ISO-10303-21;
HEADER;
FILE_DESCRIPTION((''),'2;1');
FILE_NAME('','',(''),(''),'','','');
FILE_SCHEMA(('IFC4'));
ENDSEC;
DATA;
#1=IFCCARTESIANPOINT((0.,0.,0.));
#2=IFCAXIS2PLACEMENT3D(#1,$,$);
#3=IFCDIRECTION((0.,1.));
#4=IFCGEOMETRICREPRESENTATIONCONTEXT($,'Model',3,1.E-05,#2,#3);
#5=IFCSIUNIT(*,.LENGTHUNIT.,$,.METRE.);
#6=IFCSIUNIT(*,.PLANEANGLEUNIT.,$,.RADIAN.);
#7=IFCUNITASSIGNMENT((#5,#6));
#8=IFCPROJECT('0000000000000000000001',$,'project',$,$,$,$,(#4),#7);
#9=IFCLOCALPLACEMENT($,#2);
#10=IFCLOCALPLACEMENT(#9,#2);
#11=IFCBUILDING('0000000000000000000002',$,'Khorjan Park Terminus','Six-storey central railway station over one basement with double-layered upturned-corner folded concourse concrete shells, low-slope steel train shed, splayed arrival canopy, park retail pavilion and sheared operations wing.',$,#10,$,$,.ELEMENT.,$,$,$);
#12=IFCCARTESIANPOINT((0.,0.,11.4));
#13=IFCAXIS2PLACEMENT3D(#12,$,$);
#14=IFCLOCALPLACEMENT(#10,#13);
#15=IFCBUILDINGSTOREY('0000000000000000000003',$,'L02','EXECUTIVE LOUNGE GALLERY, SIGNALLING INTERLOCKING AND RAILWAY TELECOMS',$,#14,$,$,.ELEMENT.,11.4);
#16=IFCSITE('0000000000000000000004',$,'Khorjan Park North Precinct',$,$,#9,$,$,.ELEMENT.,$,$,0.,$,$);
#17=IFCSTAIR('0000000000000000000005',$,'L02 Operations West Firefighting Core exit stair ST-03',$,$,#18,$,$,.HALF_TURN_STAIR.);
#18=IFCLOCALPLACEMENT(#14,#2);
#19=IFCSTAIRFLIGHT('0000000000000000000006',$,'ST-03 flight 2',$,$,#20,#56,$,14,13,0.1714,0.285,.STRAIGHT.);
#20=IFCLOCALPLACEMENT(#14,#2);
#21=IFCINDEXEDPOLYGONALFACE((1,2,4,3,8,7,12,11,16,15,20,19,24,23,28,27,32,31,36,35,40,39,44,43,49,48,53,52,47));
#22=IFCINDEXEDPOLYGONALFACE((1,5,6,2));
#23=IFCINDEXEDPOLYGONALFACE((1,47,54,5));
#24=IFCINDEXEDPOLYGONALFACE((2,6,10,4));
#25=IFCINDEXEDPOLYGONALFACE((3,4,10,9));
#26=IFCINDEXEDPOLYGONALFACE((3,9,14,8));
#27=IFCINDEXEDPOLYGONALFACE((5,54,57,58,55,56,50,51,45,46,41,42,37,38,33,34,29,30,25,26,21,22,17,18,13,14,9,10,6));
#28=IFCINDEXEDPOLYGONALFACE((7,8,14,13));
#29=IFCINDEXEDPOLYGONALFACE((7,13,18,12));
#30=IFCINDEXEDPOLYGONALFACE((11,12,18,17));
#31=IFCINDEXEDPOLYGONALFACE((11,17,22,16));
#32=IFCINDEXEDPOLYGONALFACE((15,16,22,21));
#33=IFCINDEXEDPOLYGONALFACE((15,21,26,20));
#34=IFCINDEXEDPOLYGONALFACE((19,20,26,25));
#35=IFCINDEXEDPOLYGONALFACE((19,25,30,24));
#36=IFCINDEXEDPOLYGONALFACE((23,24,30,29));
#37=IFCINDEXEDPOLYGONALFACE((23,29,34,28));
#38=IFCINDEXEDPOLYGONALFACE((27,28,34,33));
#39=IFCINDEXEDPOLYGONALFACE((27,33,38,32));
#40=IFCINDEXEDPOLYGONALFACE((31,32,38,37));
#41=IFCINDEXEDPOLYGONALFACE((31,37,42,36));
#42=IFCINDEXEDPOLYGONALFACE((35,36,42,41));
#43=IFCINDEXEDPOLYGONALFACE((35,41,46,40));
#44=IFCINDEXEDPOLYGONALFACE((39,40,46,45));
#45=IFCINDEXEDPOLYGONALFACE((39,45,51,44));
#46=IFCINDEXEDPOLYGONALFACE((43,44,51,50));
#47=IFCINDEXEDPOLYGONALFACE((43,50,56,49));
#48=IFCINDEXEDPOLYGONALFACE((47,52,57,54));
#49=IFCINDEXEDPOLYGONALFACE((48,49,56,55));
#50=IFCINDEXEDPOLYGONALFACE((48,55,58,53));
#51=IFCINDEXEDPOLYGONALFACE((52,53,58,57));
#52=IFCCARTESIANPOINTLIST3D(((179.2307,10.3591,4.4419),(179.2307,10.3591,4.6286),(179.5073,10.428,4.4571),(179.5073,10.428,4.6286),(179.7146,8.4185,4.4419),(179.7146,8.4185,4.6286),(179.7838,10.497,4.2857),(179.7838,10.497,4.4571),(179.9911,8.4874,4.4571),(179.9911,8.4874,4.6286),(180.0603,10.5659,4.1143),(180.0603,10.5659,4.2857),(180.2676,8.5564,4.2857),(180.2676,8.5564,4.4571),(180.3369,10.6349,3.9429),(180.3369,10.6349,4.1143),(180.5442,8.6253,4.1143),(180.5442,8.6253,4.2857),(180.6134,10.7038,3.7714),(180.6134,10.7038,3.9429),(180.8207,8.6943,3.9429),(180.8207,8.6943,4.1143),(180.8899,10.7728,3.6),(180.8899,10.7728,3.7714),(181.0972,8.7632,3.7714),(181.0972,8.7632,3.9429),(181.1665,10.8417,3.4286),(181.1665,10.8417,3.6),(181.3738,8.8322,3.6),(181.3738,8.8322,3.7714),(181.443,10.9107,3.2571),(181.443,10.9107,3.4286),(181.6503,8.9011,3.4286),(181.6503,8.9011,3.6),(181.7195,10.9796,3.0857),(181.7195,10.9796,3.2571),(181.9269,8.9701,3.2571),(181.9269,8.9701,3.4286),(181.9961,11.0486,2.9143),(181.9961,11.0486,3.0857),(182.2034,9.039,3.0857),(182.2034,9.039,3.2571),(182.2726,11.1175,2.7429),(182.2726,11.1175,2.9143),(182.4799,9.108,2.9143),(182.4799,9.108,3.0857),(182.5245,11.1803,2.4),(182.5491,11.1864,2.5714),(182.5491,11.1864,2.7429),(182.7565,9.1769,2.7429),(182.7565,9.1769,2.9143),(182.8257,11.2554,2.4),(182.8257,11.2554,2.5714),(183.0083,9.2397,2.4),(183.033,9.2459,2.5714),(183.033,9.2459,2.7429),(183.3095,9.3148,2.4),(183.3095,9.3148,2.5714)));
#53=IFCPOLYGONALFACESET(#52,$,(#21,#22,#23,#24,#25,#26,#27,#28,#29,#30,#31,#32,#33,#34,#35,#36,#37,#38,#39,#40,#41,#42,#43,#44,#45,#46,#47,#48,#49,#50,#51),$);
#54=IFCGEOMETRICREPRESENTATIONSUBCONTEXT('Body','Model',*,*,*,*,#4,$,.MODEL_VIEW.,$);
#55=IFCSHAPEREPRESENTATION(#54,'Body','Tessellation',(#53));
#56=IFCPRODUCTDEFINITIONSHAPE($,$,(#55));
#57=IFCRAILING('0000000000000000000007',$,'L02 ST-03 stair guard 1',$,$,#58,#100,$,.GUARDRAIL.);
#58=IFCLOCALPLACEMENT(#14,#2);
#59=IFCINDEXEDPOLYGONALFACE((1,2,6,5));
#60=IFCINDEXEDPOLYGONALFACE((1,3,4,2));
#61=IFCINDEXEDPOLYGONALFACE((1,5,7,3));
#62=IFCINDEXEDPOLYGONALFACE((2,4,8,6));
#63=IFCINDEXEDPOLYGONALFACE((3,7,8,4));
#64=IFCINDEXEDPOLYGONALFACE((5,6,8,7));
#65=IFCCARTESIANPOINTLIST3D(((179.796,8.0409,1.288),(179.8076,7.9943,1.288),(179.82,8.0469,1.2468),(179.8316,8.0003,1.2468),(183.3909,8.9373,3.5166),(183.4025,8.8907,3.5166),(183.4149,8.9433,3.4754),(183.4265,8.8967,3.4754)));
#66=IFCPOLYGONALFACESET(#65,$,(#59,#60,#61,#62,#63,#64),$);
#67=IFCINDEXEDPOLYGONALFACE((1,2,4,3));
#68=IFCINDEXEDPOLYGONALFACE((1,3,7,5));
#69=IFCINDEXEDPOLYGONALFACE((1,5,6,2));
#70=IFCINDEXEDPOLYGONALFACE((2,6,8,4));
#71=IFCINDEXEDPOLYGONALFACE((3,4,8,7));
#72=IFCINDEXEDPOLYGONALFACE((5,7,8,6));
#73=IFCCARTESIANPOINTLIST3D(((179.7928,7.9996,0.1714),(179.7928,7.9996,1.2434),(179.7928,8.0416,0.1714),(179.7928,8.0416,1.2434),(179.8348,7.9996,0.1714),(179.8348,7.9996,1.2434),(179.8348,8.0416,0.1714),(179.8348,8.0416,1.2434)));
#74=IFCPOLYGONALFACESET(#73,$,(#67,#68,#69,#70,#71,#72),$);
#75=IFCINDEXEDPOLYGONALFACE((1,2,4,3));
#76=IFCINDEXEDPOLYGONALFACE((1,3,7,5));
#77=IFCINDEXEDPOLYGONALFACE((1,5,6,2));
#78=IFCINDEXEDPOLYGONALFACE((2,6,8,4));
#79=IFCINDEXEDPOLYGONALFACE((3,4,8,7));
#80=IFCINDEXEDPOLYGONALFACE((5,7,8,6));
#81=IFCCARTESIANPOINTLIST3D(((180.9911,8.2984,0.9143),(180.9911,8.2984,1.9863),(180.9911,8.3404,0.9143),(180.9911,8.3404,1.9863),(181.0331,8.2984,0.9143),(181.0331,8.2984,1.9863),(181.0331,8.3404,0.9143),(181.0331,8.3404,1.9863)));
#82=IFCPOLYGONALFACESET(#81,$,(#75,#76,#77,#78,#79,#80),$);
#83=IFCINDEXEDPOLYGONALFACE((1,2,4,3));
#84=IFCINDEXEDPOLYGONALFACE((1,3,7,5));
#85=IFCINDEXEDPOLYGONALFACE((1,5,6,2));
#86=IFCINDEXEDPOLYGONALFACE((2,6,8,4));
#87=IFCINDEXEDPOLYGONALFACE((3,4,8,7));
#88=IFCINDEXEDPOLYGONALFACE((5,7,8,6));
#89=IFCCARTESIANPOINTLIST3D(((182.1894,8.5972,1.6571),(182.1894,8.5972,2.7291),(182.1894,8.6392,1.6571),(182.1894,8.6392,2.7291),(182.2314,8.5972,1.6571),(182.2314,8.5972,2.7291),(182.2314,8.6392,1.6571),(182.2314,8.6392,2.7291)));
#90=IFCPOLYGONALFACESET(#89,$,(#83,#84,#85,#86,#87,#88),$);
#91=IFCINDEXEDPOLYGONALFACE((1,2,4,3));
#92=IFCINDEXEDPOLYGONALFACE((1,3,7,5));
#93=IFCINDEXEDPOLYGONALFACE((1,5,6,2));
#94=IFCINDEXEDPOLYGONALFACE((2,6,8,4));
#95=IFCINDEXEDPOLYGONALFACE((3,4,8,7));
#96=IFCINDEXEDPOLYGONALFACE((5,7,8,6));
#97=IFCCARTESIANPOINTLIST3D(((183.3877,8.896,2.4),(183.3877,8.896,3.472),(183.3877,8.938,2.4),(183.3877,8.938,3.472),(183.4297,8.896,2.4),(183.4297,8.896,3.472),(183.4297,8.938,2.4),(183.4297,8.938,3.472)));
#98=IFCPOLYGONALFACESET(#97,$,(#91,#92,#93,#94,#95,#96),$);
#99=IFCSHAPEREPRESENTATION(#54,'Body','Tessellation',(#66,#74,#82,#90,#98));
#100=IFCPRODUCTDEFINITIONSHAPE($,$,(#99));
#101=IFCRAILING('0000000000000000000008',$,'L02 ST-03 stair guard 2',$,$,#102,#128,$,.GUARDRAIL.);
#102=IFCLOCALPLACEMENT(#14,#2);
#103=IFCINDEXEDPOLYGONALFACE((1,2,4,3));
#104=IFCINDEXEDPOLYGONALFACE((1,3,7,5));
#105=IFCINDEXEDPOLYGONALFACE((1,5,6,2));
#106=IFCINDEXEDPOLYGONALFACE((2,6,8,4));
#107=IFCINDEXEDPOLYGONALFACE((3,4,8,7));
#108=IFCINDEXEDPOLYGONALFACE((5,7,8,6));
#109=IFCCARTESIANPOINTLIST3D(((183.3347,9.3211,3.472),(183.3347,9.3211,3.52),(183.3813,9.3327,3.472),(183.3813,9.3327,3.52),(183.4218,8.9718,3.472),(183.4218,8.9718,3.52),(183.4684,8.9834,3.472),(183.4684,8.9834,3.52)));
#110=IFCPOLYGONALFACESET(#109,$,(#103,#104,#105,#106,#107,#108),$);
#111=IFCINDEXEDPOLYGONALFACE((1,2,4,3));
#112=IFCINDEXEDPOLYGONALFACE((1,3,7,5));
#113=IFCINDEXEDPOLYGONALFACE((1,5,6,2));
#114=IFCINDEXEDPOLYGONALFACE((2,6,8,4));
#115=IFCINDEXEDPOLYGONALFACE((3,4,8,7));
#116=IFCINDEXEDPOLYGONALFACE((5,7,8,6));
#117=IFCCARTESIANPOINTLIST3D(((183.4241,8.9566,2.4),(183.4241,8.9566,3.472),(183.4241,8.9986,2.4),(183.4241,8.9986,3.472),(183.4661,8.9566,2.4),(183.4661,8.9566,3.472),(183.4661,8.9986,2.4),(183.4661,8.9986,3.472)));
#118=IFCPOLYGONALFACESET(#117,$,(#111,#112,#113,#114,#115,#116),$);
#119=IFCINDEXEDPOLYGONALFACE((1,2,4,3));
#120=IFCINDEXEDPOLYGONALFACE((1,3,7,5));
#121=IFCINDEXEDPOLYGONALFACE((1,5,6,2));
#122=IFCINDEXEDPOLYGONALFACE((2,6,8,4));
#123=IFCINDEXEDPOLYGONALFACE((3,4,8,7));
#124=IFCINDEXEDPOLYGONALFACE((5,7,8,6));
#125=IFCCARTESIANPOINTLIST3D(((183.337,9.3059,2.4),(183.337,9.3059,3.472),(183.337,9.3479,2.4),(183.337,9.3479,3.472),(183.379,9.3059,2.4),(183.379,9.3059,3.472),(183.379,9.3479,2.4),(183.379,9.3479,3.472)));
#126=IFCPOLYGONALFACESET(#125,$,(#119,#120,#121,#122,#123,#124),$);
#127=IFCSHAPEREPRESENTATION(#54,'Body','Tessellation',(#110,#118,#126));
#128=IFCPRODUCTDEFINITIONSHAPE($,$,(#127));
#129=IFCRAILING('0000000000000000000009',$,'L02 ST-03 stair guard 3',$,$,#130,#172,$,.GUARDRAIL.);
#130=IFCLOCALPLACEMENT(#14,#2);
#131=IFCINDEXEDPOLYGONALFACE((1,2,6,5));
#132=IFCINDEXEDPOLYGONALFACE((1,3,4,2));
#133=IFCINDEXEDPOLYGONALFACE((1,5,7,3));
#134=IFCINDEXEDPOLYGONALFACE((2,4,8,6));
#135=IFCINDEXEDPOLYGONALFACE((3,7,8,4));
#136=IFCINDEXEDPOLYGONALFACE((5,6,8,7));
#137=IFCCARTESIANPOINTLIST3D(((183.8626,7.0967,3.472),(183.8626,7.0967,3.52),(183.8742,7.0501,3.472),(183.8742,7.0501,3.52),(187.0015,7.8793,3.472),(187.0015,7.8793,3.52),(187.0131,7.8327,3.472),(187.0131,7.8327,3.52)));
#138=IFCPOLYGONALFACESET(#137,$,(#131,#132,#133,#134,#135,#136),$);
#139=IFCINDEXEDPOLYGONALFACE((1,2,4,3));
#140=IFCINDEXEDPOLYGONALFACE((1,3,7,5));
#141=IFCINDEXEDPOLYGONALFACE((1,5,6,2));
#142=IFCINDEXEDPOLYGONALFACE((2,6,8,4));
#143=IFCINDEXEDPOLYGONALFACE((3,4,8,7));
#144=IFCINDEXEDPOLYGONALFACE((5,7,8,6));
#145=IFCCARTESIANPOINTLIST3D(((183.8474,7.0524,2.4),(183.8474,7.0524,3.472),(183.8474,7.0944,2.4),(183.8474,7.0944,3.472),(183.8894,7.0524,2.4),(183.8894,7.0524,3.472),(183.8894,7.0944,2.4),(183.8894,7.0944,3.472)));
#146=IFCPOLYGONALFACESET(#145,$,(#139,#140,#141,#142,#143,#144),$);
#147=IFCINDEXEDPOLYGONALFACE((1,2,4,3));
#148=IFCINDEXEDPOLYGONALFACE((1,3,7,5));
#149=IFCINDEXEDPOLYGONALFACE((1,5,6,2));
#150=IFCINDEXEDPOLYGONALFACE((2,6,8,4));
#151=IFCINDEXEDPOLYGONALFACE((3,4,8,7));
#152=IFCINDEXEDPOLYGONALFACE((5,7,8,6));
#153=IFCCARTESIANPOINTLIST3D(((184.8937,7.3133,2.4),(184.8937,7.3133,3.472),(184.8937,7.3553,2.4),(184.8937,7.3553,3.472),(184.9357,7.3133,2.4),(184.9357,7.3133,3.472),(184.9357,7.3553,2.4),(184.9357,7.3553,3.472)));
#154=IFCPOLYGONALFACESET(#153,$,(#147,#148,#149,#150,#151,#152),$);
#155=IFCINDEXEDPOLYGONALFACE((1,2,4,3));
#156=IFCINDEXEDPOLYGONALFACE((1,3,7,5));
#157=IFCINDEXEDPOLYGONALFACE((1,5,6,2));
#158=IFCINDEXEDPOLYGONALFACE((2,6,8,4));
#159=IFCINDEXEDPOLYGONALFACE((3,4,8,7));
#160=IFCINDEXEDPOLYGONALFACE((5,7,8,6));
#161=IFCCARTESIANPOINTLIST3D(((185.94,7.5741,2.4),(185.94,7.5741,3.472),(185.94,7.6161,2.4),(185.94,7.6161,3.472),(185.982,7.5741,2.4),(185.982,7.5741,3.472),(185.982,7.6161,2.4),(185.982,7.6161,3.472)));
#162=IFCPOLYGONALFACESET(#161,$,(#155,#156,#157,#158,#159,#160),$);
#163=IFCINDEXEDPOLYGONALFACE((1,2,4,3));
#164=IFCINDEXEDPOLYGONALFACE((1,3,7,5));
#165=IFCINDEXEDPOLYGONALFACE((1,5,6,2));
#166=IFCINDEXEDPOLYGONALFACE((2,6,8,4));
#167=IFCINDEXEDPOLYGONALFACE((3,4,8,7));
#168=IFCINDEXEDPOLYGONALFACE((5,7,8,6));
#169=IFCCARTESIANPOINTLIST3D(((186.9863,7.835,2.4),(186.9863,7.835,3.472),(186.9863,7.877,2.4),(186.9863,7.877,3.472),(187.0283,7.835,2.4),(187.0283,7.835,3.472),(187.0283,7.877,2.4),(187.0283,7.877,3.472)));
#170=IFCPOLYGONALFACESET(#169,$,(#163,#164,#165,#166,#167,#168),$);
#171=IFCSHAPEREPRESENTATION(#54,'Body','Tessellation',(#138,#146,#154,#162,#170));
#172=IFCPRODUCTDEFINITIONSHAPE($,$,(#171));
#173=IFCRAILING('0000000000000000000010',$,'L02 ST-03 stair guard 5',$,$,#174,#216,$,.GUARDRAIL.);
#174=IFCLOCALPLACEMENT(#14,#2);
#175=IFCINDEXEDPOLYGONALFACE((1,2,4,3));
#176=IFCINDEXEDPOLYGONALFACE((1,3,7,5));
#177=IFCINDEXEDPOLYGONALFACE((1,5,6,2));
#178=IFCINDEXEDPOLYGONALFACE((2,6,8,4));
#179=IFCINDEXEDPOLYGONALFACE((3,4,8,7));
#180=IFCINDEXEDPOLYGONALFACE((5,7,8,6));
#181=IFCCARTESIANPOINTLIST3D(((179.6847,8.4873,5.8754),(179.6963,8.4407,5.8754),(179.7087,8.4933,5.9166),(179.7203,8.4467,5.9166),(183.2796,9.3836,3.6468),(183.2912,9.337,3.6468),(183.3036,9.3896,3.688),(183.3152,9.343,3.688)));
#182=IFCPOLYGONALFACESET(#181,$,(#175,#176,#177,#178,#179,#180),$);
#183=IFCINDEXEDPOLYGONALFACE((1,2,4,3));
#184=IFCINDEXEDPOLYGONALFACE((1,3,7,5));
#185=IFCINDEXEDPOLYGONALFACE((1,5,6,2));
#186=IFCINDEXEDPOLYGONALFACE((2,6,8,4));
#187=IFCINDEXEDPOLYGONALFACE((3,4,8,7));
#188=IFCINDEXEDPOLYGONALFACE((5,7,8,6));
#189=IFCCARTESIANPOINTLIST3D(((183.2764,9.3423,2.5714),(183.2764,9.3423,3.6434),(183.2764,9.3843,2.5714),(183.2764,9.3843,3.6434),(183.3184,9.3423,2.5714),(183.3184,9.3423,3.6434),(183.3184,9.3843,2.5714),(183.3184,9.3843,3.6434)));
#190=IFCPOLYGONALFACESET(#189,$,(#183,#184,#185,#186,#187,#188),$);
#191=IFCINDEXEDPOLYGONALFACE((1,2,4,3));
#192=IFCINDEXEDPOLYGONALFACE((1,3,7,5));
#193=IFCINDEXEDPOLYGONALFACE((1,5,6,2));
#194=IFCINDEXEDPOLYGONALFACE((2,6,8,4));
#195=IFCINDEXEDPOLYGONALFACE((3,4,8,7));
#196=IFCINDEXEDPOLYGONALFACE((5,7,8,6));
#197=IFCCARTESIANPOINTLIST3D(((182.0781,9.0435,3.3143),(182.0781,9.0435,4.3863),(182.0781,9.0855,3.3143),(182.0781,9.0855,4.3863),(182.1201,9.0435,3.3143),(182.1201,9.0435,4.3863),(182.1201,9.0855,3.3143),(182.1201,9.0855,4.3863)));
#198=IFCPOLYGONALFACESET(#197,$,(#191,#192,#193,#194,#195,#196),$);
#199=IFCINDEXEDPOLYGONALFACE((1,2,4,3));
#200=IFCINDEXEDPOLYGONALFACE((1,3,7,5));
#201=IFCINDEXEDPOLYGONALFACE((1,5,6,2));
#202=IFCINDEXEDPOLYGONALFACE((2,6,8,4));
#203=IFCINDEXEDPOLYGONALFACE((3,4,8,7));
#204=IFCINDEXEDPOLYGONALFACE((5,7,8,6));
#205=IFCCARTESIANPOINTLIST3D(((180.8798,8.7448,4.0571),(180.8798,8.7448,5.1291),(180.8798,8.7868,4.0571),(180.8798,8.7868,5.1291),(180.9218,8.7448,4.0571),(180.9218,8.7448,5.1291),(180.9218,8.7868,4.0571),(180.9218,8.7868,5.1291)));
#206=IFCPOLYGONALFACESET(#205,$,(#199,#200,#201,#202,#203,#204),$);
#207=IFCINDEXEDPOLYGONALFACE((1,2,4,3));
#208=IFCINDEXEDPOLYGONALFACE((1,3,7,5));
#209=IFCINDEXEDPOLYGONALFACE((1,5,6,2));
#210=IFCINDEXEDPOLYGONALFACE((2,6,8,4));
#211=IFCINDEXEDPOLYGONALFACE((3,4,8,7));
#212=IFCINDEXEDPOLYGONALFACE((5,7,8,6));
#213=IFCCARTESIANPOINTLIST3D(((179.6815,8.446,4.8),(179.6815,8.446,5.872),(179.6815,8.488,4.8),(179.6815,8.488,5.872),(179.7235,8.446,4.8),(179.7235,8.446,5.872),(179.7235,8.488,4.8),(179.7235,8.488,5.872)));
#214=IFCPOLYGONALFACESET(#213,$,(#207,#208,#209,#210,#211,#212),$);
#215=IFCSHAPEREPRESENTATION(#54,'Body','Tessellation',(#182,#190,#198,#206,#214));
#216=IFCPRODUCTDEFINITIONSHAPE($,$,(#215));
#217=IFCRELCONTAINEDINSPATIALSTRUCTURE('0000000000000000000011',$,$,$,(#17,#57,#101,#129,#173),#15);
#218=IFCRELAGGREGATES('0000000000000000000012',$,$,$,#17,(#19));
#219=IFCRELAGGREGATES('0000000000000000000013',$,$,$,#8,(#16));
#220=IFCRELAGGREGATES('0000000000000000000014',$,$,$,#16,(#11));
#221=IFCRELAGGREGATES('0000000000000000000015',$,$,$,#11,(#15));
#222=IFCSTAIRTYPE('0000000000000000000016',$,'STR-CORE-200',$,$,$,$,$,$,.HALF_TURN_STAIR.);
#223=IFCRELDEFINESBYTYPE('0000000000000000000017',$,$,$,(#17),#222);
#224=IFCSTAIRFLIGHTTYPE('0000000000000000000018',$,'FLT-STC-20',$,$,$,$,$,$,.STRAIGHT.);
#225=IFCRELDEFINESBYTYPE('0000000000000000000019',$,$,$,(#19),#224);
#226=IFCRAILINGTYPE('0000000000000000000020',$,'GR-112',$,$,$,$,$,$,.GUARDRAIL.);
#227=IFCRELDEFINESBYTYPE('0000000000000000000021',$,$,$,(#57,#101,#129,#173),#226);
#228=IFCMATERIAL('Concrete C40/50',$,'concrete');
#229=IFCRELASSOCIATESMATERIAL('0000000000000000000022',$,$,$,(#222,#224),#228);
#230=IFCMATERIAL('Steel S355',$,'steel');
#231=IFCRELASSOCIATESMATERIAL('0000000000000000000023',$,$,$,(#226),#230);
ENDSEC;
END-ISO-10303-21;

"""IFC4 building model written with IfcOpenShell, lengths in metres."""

from ifc_helpers import new_model, si_unit, direction, frame, origin, origin_2d, place, context, subcontext, project, spatial, polyline, rectangle, outline, extrude, material, type_object, element, aggregate, save


model = new_model("IFC4")

# Units and contexts
model_context = context("Model", 3, precision=1e-05, world=origin(), true_north=direction((0.0, 1.0)))
body_context = subcontext(model_context, "Body", "Model", "MODEL_VIEW")
ifc_project = project(units=[si_unit("LENGTHUNIT", "METRE"), si_unit("PLANEANGLEUNIT", "RADIAN")], contexts=[model_context])

# Site, building, storey
site_placement = place(None, origin())
site = spatial("IfcSite", under=ifc_project, at=site_placement, Name="Khorjan Park North Precinct", CompositionType="ELEMENT", RefElevation=0.0)
building_placement = place(site_placement, origin())
building = spatial("IfcBuilding", under=site, at=building_placement, Name="Khorjan Park Terminus", Description="Six-storey central railway station over one basement with double-layered upturned-corner folded concourse concrete shells, low-slope steel train shed, splayed arrival canopy, park retail pavilion and sheared operations wing.", CompositionType="ELEMENT")
storey_placement = place(building_placement, frame((0.0, 0.0, 11.4)))
storey = spatial("IfcBuildingStorey", under=building, at=storey_placement, Name="L02", Description="EXECUTIVE LOUNGE GALLERY, SIGNALLING INTERLOCKING AND RAILWAY TELECOMS", CompositionType="ELEMENT", Elevation=11.4)

# Shared definitions
ifc_material_1 = material(Name="Steel S355", Category="steel")
ifc_material_2 = material(Name="Concrete C40/50", Category="concrete")

# Stair, stair flight
stair_type = type_object("IfcStairType", Name="STR-CORE-200", PredefinedType="HALF_TURN_STAIR", material=ifc_material_2)
stair_placement = place(storey_placement, origin())
stair = element("IfcStair", 1, at=stair_placement, inside=storey, type_object=stair_type, Name="L02 Operations West Firefighting Core exit stair ST-03", PredefinedType="HALF_TURN_STAIR")
stair_flight_type = type_object("IfcStairFlightType", Name="FLT-STC-20", PredefinedType="STRAIGHT", material=ifc_material_2)
stair_flight_1_placement = place(storey_placement, frame((183.0676, 10.2851, 2.4), z_axis=(0.0, 0.0, 1.0), x_axis=(-0.970296, -0.241922, 0.0)))
stair_flight_1 = element("IfcStairFlight", 2, at=stair_flight_1_placement, type_object=stair_flight_type, Name="ST-03 flight 2", NumberOfRisers=14, NumberOfTreads=13, PredefinedType="STRAIGHT", RiserHeight=0.1714, TreadLength=0.285, context=body_context, shape_type="SweptSolid", body=[
    extrude(outline(polyline([(0.0, 0.0), (0.0, 0.1714), (0.285, 0.1714), (0.285, 0.3429), (0.57, 0.3429), (0.57, 0.5143), (0.855, 0.5143), (0.855, 0.6857), (1.14, 0.6857), (1.14, 0.8571), (1.425, 0.8571), (1.425, 1.0286), (1.71, 1.0286), (1.71, 1.2), (1.995, 1.2), (1.995, 1.3714), (2.28, 1.3714), (2.28, 1.5429), (2.565, 1.5429), (2.565, 1.7143), (2.85, 1.7143), (2.85, 1.8857), (3.135, 1.8857), (3.135, 2.0571), (3.42, 2.0571), (3.42, 2.2286), (3.705, 2.2286), (3.705, 2.4), (3.705, 2.0419), (0.3104, 0.0), (0.0, 0.0)])), frame((0.0, 1.0, 0.0), z_axis=(0.0, -1.0, 0.0), x_axis=(1.0, 0.0, 0.0)), (0.0, 0.0, 1.0), 2.0),
])
aggregate(stair, [stair_flight_1])

# Railings
railing_type_1 = type_object("IfcRailingType", Name="GR-112", PredefinedType="GUARDRAIL", material=ifc_material_1)
railing_1_placement = place(storey_placement, frame((179.8138, 8.0206, 0.1714)))
element("IfcRailing", 3, at=railing_1_placement, inside=storey, type_object=railing_type_1, Name="L02 ST-03 stair guard 1", PredefinedType="GUARDRAIL", context=body_context, shape_type="SweptSolid", body=[
    extrude(rectangle(XDim=0.048, YDim=0.048, at=origin_2d()), frame((0.0, 0.0, 1.096), z_axis=(0.83146, 0.207327, 0.51545), x_axis=(-0.241945, 0.97029, 0.0)), (0.0, 0.0, 1.0), 4.3236),
    extrude(rectangle(XDim=0.042, YDim=0.042, at=origin_2d()), origin(), (0.0, 0.0, 1.0), 1.072),
    extrude(rectangle(XDim=0.042, YDim=0.042, at=origin_2d()), frame((1.1983, 0.2988, 0.7429)), (0.0, 0.0, 1.0), 1.072),
    extrude(rectangle(XDim=0.042, YDim=0.042, at=origin_2d()), frame((2.3966, 0.5976, 1.4857)), (0.0, 0.0, 1.0), 1.072),
    extrude(rectangle(XDim=0.042, YDim=0.042, at=origin_2d()), frame((3.5949, 0.8964, 2.2286)), (0.0, 0.0, 1.0), 1.072),
])
railing_2_placement = place(storey_placement, frame((183.4451, 8.9776, 2.4)))
element("IfcRailing", 4, at=railing_2_placement, inside=storey, type_object=railing_type_1, Name="L02 ST-03 stair guard 2", PredefinedType="GUARDRAIL", context=body_context, shape_type="SweptSolid", body=[
    extrude(rectangle(XDim=0.048, YDim=0.048, at=origin_2d()), frame((0.0, 0.0, 1.096), z_axis=(-0.241947, 0.970289, 0.0), x_axis=(-0.970289, -0.241947, 0.0)), (0.0, 0.0, 1.0), 0.36),
    extrude(rectangle(XDim=0.042, YDim=0.042, at=origin_2d()), origin(), (0.0, 0.0, 1.0), 1.072),
    extrude(rectangle(XDim=0.042, YDim=0.042, at=origin_2d()), frame((-0.0871, 0.3493, 0.0)), (0.0, 0.0, 1.0), 1.072),
])
railing_3_placement = place(storey_placement, frame((183.8684, 7.0734, 2.4)))
element("IfcRailing", 5, at=railing_3_placement, inside=storey, type_object=railing_type_1, Name="L02 ST-03 stair guard 3", PredefinedType="GUARDRAIL", context=body_context, shape_type="SweptSolid", body=[
    extrude(rectangle(XDim=0.048, YDim=0.048, at=origin_2d()), frame((0.0, 0.0, 1.096), z_axis=(0.970297, 0.241917, 0.0), x_axis=(-0.241917, 0.970297, 0.0)), (0.0, 0.0, 1.0), 3.235),
    extrude(rectangle(XDim=0.042, YDim=0.042, at=origin_2d()), origin(), (0.0, 0.0, 1.0), 1.072),
    extrude(rectangle(XDim=0.042, YDim=0.042, at=origin_2d()), frame((1.0463, 0.2609, 0.0)), (0.0, 0.0, 1.0), 1.072),
    extrude(rectangle(XDim=0.042, YDim=0.042, at=origin_2d()), frame((2.0926, 0.5217, 0.0)), (0.0, 0.0, 1.0), 1.072),
    extrude(rectangle(XDim=0.042, YDim=0.042, at=origin_2d()), frame((3.1389, 0.7826, 0.0)), (0.0, 0.0, 1.0), 1.072),
])
railing_4_placement = place(storey_placement, frame((183.2974, 9.3633, 2.5714)))
element("IfcRailing", 6, at=railing_4_placement, inside=storey, type_object=railing_type_1, Name="L02 ST-03 stair guard 5", PredefinedType="GUARDRAIL", context=body_context, shape_type="SweptSolid", body=[
    extrude(rectangle(XDim=0.048, YDim=0.048, at=origin_2d()), frame((0.0, 0.0, 1.096), z_axis=(-0.831464, -0.207305, 0.515453), x_axis=(0.24192, -0.970296, 0.0)), (0.0, 0.0, 1.0), 4.3236),
    extrude(rectangle(XDim=0.042, YDim=0.042, at=origin_2d()), origin(), (0.0, 0.0, 1.0), 1.072),
    extrude(rectangle(XDim=0.042, YDim=0.042, at=origin_2d()), frame((-1.1983, -0.2988, 0.7429)), (0.0, 0.0, 1.0), 1.072),
    extrude(rectangle(XDim=0.042, YDim=0.042, at=origin_2d()), frame((-2.3966, -0.5975, 1.4857)), (0.0, 0.0, 1.0), 1.072),
    extrude(rectangle(XDim=0.042, YDim=0.042, at=origin_2d()), frame((-3.5949, -0.8963, 2.2286)), (0.0, 0.0, 1.0), 1.072),
])

save(model, "model.ifc")
